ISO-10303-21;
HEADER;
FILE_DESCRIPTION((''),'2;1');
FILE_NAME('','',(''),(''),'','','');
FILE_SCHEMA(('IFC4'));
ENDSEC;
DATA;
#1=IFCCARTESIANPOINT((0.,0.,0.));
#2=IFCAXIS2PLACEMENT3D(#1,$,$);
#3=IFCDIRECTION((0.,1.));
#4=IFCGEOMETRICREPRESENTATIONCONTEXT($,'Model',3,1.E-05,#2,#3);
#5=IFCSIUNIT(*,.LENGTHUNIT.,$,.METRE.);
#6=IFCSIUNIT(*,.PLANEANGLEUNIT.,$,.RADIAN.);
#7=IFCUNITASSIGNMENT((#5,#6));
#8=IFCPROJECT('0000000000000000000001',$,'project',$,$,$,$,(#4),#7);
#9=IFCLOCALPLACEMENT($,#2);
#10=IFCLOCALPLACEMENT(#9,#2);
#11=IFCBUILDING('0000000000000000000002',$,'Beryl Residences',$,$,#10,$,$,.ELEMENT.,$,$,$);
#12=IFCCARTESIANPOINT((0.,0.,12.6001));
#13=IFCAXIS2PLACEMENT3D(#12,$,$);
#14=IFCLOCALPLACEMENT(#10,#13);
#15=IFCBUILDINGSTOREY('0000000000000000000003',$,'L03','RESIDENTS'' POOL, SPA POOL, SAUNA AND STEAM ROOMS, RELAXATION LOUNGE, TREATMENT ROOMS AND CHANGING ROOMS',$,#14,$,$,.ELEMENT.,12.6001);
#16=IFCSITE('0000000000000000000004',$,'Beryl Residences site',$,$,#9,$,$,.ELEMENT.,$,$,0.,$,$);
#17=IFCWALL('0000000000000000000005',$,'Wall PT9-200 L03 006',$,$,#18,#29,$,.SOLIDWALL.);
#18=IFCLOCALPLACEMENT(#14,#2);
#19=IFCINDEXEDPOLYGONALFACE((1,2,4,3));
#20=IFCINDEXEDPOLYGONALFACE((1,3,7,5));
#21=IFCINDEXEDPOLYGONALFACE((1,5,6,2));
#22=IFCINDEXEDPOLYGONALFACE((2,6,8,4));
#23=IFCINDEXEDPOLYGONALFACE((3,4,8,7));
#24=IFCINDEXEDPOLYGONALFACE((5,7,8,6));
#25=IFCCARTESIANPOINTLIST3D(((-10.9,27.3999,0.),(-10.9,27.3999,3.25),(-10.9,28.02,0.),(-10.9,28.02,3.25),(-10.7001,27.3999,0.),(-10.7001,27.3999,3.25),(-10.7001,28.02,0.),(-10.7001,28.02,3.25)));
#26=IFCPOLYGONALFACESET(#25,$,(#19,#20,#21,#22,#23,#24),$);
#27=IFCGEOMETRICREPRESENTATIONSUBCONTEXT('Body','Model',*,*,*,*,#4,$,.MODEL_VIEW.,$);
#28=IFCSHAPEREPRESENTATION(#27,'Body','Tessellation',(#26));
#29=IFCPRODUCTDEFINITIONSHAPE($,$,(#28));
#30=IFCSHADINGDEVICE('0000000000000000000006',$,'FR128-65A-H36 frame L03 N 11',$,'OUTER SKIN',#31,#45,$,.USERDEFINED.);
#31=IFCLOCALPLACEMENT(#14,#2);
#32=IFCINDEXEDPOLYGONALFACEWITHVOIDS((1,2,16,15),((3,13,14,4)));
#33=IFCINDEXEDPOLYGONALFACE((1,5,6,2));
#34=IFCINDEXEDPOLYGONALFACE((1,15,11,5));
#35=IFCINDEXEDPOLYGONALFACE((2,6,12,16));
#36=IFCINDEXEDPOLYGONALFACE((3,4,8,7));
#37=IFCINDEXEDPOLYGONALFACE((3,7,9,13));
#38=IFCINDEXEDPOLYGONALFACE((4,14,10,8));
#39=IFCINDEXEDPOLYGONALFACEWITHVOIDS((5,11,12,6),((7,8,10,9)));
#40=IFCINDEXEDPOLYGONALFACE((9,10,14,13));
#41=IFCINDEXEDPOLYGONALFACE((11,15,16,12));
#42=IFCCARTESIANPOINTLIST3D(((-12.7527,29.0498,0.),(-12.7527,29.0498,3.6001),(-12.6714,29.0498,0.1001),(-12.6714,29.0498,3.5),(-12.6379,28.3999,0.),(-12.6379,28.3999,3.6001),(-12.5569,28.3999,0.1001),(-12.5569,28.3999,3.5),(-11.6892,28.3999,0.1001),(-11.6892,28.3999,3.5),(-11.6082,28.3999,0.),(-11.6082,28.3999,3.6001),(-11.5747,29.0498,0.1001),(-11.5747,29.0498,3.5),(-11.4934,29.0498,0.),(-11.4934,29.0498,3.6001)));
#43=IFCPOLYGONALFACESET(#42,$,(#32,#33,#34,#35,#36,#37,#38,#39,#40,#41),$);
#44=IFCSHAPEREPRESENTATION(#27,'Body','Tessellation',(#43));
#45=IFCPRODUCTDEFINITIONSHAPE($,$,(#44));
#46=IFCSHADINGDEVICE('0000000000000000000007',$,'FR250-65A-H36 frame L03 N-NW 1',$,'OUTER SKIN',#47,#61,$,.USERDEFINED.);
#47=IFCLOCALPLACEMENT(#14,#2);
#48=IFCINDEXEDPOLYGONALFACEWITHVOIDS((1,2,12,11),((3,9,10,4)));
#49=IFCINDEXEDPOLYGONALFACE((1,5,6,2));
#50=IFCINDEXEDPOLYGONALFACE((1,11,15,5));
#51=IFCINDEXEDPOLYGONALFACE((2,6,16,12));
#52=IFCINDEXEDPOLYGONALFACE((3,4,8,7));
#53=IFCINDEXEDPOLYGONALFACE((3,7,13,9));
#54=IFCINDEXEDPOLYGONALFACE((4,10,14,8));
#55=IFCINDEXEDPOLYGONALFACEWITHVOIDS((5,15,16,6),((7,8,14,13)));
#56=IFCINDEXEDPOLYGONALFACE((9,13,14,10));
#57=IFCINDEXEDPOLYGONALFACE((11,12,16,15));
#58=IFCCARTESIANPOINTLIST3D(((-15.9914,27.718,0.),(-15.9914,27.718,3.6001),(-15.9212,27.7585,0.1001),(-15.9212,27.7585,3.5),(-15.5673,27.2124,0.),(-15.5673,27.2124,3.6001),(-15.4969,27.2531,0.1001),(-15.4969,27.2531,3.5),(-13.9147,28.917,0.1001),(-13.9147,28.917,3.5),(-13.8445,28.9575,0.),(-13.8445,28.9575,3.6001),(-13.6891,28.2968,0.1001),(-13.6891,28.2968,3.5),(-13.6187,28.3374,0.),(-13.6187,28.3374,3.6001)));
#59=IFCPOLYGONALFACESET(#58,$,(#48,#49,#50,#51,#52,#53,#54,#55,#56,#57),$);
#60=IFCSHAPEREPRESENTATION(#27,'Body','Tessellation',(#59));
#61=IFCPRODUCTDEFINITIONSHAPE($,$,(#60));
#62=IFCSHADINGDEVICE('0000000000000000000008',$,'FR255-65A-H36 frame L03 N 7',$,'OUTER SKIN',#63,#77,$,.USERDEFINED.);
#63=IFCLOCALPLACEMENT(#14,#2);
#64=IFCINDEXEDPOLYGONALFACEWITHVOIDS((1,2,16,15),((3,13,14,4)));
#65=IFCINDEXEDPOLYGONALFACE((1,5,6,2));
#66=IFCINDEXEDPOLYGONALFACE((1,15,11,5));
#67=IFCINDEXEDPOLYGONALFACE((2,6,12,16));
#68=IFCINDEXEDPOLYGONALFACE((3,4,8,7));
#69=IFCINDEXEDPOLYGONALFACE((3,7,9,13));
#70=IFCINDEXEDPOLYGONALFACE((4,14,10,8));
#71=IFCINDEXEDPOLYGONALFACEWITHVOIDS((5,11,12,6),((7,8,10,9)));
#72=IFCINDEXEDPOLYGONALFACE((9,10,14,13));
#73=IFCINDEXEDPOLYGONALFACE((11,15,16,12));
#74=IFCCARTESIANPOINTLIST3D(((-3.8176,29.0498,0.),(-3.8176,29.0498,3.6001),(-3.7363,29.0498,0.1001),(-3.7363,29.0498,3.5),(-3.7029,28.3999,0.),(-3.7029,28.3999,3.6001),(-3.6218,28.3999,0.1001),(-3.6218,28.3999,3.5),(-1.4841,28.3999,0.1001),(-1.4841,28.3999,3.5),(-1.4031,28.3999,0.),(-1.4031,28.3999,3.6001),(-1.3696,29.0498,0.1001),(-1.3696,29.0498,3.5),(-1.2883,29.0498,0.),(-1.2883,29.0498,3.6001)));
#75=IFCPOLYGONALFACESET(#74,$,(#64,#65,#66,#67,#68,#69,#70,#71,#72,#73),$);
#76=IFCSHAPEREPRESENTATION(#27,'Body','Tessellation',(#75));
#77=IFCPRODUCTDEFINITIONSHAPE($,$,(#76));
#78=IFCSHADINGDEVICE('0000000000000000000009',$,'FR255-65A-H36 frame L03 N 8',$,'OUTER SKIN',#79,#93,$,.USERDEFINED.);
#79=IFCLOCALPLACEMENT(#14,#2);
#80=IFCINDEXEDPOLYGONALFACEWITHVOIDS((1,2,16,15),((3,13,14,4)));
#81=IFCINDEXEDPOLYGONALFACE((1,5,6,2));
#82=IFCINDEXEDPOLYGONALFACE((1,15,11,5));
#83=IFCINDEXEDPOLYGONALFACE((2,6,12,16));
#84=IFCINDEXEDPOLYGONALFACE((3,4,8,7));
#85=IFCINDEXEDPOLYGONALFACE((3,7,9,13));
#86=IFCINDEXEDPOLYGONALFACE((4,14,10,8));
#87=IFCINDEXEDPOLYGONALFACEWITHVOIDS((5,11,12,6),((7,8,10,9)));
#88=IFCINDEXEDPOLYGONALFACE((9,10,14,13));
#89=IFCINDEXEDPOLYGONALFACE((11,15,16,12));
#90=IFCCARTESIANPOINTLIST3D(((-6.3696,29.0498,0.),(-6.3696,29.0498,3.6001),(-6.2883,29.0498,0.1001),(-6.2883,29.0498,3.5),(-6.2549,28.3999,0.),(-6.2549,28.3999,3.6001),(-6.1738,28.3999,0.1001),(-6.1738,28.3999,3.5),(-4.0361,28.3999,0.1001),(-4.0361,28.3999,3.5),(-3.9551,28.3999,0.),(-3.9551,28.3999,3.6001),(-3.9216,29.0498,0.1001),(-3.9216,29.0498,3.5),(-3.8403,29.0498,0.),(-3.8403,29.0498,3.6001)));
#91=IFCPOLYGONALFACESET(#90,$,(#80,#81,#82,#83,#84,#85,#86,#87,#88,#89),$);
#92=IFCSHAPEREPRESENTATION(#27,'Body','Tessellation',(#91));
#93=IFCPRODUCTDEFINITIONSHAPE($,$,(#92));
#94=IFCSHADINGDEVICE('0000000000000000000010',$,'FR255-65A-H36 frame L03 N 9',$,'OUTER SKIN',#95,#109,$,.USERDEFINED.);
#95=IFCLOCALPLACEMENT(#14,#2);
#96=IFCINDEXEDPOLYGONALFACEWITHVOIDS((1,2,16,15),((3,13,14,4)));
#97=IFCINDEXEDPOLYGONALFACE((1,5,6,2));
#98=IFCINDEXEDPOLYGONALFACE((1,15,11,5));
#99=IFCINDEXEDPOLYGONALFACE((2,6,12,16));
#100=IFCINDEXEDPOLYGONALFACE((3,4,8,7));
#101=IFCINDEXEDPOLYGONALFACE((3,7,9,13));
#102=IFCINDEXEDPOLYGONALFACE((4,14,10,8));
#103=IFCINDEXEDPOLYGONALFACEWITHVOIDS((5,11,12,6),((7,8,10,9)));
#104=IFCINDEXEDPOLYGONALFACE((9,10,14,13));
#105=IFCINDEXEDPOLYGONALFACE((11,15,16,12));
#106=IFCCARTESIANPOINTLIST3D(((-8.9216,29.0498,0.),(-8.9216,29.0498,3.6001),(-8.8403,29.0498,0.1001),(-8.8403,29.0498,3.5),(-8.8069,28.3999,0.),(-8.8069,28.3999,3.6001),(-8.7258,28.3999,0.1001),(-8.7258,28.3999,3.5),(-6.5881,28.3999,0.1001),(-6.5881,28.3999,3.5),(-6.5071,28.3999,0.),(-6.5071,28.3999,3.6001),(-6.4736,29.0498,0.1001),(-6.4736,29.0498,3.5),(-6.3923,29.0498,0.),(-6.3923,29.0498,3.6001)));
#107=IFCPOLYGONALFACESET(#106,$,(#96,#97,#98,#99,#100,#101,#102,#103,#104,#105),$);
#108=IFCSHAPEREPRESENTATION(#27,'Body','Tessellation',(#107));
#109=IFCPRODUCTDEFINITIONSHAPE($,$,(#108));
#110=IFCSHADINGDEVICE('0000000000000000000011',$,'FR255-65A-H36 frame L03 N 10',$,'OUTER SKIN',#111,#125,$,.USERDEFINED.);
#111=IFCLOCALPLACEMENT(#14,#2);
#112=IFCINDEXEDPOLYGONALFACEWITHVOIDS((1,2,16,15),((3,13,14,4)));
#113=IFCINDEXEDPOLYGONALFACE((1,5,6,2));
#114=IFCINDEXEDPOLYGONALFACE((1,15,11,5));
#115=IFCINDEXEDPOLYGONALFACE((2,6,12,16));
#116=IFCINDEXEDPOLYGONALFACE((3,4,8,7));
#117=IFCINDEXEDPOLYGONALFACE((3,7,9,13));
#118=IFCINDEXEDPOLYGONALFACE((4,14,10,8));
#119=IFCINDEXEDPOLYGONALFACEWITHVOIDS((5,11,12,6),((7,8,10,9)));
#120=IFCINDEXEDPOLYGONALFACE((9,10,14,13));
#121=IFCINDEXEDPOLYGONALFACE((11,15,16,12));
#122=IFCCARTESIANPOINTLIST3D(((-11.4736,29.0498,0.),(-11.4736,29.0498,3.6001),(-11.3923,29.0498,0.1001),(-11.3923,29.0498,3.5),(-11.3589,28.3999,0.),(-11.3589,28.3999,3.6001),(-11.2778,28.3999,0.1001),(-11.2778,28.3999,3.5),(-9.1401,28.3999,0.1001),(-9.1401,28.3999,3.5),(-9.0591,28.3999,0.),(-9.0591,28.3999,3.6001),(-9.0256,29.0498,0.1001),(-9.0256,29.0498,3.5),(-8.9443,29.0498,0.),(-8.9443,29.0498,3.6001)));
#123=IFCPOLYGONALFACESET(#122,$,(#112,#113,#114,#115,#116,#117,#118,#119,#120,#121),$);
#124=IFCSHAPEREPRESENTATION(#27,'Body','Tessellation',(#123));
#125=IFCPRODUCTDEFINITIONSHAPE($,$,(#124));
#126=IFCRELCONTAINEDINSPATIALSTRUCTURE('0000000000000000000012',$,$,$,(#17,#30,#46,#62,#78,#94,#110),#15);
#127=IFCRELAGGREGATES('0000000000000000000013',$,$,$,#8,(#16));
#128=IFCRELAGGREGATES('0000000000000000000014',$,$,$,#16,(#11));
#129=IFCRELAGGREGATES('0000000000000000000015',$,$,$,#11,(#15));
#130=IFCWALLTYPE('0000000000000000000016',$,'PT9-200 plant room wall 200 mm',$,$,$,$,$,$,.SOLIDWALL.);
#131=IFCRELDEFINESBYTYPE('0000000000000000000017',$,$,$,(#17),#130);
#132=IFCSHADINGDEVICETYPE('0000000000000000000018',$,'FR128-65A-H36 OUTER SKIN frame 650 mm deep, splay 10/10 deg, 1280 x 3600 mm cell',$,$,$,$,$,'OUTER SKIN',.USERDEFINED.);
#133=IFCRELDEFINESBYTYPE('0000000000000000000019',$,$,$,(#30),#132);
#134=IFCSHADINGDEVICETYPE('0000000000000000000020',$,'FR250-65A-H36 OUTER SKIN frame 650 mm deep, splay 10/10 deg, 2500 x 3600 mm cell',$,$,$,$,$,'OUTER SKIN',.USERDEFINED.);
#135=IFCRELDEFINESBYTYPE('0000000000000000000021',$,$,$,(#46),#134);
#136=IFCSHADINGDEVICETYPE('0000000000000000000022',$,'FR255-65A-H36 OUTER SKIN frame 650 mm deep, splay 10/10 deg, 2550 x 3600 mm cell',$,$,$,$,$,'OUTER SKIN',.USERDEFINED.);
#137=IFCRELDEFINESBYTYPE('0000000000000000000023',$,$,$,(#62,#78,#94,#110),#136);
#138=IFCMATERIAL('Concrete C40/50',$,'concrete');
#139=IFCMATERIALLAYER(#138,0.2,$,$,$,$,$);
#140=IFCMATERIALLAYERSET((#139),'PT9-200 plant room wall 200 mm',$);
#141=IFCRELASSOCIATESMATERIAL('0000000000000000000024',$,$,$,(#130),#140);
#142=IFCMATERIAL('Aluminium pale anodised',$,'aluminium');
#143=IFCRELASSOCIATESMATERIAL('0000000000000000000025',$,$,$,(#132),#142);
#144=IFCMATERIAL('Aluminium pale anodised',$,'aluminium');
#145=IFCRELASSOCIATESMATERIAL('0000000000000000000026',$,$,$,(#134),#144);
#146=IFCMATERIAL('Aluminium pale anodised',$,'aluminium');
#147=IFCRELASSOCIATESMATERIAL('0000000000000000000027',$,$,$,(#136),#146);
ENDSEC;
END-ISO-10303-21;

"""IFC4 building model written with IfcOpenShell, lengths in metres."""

from ifc_helpers import new_model, entity, si_unit, direction, frame, frame_2d, origin, place, context, subcontext, project, spatial, rectangle, extrude, source, transform, mapped, material, layer, layer_set, type_object, type_shapes, element, save


model = new_model("IFC4")

# Units and contexts
model_context = context("Model", 3, precision=1e-05, world=origin(), true_north=direction((0.0, 1.0)))
body_context = subcontext(model_context, "Body", "Model", "MODEL_VIEW")
ifc_project = project(units=[si_unit("LENGTHUNIT", "METRE"), si_unit("PLANEANGLEUNIT", "RADIAN")], contexts=[model_context])

# Site, building, storey
site_placement = place(None, origin())
site = spatial("IfcSite", under=ifc_project, at=site_placement, Name="Beryl Residences site", CompositionType="ELEMENT", RefElevation=0.0)
building_placement = place(site_placement, origin())
building = spatial("IfcBuilding", under=site, at=building_placement, Name="Beryl Residences", CompositionType="ELEMENT")
storey_placement = place(building_placement, frame((0.0, 0.0, 12.6001)))
storey = spatial("IfcBuildingStorey", under=building, at=storey_placement, Name="L03", Description="RESIDENTS' POOL, SPA POOL, SAUNA AND STEAM ROOMS, RELAXATION LOUNGE, TREATMENT ROOMS AND CHANGING ROOMS", CompositionType="ELEMENT", Elevation=12.6001)

# Wall
ifc_material_1 = material(Name="Concrete C40/50", Category="concrete")
ifc_layer_1 = layer(ifc_material_1, 0.2)
ifc_layer_set_1 = layer_set([ifc_layer_1], Name="PT9-200 plant room wall 200 mm")
wall_type_1 = type_object("IfcWallType", Name="PT9-200 plant room wall 200 mm", PredefinedType="SOLIDWALL", material=ifc_layer_set_1)
wall_1_placement = place(storey_placement, frame((-10.8, 27.3999, 0.0), z_axis=(0.0, 0.0, 1.0), x_axis=(0.0, 1.0, 0.0)))
element("IfcWall", 1, at=wall_1_placement, inside=storey, type_object=wall_type_1, Name="Wall PT9-200 L03 006", PredefinedType="SOLIDWALL", context=body_context, shape_type="SweptSolid", body=[
    extrude(rectangle(XDim=0.6201, YDim=0.2, at=frame_2d((0.3101, 0.0))), origin(), (0.0, 0.0, 1.0), 3.25),
])

# Shading devices
ifc_material_2 = material(Name="Aluminium pale anodised", Category="aluminium")
shading_device_type_1 = type_object("IfcShadingDeviceType", Name="FR128-65A-H36 OUTER SKIN frame 650 mm deep, splay 10/10 deg, 1280 x 3600 mm cell", ElementType="OUTER SKIN", PredefinedType="USERDEFINED", material=ifc_material_2)
cartesian_point_1 = entity("IfcCartesianPoint", [-0.5149, 0.0])
cartesian_point_2 = entity("IfcCartesianPoint", [-0.4338, 0.1001])
cartesian_point_3 = entity("IfcCartesianPoint", [-0.6296, 0.0])
cartesian_point_4 = entity("IfcCartesianPoint", [-0.5483, 0.1001])
shared_shape_1 = source(origin(), body_context, "Body", "SweptSolid", [
    entity("IfcExtrudedAreaSolidTapered", entity("IfcArbitraryProfileDefWithVoids", "AREA", None, entity("IfcPolyline", [cartesian_point_1, entity("IfcCartesianPoint", [0.5149, 0.0]), entity("IfcCartesianPoint", [0.5149, 3.6001]), entity("IfcCartesianPoint", [-0.5149, 3.6001]), cartesian_point_1]), [entity("IfcPolyline", [cartesian_point_2, entity("IfcCartesianPoint", [0.4338, 0.1001]), entity("IfcCartesianPoint", [0.4338, 3.5]), entity("IfcCartesianPoint", [-0.4338, 3.5]), cartesian_point_2])]), entity("IfcAxis2Placement3D", entity("IfcCartesianPoint", [0.0, 0.0, 0.0]), entity("IfcDirection", [0.0, 1.0, 0.0]), entity("IfcDirection", [-1.0, 0.0, 0.0])), entity("IfcDirection", [0.0, 0.0, 1.0]), 0.6499, entity("IfcArbitraryProfileDefWithVoids", "AREA", None, entity("IfcPolyline", [cartesian_point_3, entity("IfcCartesianPoint", [0.6296, 0.0]), entity("IfcCartesianPoint", [0.6296, 3.6001]), entity("IfcCartesianPoint", [-0.6296, 3.6001]), cartesian_point_3]), [entity("IfcPolyline", [cartesian_point_4, entity("IfcCartesianPoint", [0.5483, 0.1001]), entity("IfcCartesianPoint", [0.5483, 3.5]), entity("IfcCartesianPoint", [-0.5483, 3.5]), cartesian_point_4])])),
])
type_shapes(shading_device_type_1, [shared_shape_1])
shading_device_1_placement = place(storey_placement, frame((-12.123, 28.3999, 0.0), z_axis=(0.0, 0.0, 1.0), x_axis=(1.0, 0.0, 0.0)))
element("IfcShadingDevice", 2, at=shading_device_1_placement, inside=storey, type_object=shading_device_type_1, Name="FR128-65A-H36 frame L03 N 11", ObjectType="OUTER SKIN", PredefinedType="USERDEFINED", context=body_context, shape_type="MappedRepresentation", body=[
    mapped(shared_shape_1, transform((0.0, 0.0, 0.0))),
])
ifc_material_3 = material(Name="Aluminium pale anodised", Category="aluminium")
shading_device_type_2 = type_object("IfcShadingDeviceType", Name="FR250-65A-H36 OUTER SKIN frame 650 mm deep, splay 10/10 deg, 2500 x 3600 mm cell", ElementType="OUTER SKIN", PredefinedType="USERDEFINED", material=ifc_material_3)
cartesian_point_5 = entity("IfcCartesianPoint", [-1.125, 0.0])
cartesian_point_6 = entity("IfcCartesianPoint", [-1.0437, 0.1001])
cartesian_point_7 = entity("IfcCartesianPoint", [-1.2395, 0.0])
cartesian_point_8 = entity("IfcCartesianPoint", [-1.1584, 0.1001])
shared_shape_2 = source(origin(), body_context, "Body", "SweptSolid", [
    entity("IfcExtrudedAreaSolidTapered", entity("IfcArbitraryProfileDefWithVoids", "AREA", None, entity("IfcPolyline", [cartesian_point_5, entity("IfcCartesianPoint", [1.125, 0.0]), entity("IfcCartesianPoint", [1.125, 3.6001]), entity("IfcCartesianPoint", [-1.125, 3.6001]), cartesian_point_5]), [entity("IfcPolyline", [cartesian_point_6, entity("IfcCartesianPoint", [1.0437, 0.1001]), entity("IfcCartesianPoint", [1.0437, 3.5]), entity("IfcCartesianPoint", [-1.0437, 3.5]), cartesian_point_6])]), entity("IfcAxis2Placement3D", entity("IfcCartesianPoint", [0.0, 0.0, 0.0]), entity("IfcDirection", [0.0, 1.0, 0.0]), entity("IfcDirection", [-1.0, 0.0, 0.0])), entity("IfcDirection", [0.0, 0.0, 1.0]), 0.6499, entity("IfcArbitraryProfileDefWithVoids", "AREA", None, entity("IfcPolyline", [cartesian_point_7, entity("IfcCartesianPoint", [1.2395, 0.0]), entity("IfcCartesianPoint", [1.2395, 3.6001]), entity("IfcCartesianPoint", [-1.2395, 3.6001]), cartesian_point_7]), [entity("IfcPolyline", [cartesian_point_8, entity("IfcCartesianPoint", [1.1584, 0.1001]), entity("IfcCartesianPoint", [1.1584, 3.5]), entity("IfcCartesianPoint", [-1.1584, 3.5]), cartesian_point_8])])),
])
type_shapes(shading_device_type_2, [shared_shape_2])
shading_device_2_placement = place(storey_placement, frame((-14.593, 27.7749, 0.0), z_axis=(0.0, 0.0, 1.0), x_axis=(0.866025, 0.5, 0.0)))
element("IfcShadingDevice", 3, at=shading_device_2_placement, inside=storey, type_object=shading_device_type_2, Name="FR250-65A-H36 frame L03 N-NW 1", ObjectType="OUTER SKIN", PredefinedType="USERDEFINED", context=body_context, shape_type="MappedRepresentation", body=[
    mapped(shared_shape_2, transform((0.0, 0.0, 0.0))),
])
ifc_material_4 = material(Name="Aluminium pale anodised", Category="aluminium")
shading_device_type_3 = type_object("IfcShadingDeviceType", Name="FR255-65A-H36 OUTER SKIN frame 650 mm deep, splay 10/10 deg, 2550 x 3600 mm cell", ElementType="OUTER SKIN", PredefinedType="USERDEFINED", material=ifc_material_4)
cartesian_point_9 = entity("IfcCartesianPoint", [-1.1499, 0.0])
cartesian_point_10 = entity("IfcCartesianPoint", [-1.0688, 0.1001])
cartesian_point_11 = entity("IfcCartesianPoint", [-1.2646, 0.0])
cartesian_point_12 = entity("IfcCartesianPoint", [-1.1833, 0.1001])
shared_shape_3 = source(origin(), body_context, "Body", "SweptSolid", [
    entity("IfcExtrudedAreaSolidTapered", entity("IfcArbitraryProfileDefWithVoids", "AREA", None, entity("IfcPolyline", [cartesian_point_9, entity("IfcCartesianPoint", [1.1499, 0.0]), entity("IfcCartesianPoint", [1.1499, 3.6001]), entity("IfcCartesianPoint", [-1.1499, 3.6001]), cartesian_point_9]), [entity("IfcPolyline", [cartesian_point_10, entity("IfcCartesianPoint", [1.0688, 0.1001]), entity("IfcCartesianPoint", [1.0688, 3.5]), entity("IfcCartesianPoint", [-1.0688, 3.5]), cartesian_point_10])]), entity("IfcAxis2Placement3D", entity("IfcCartesianPoint", [0.0, 0.0, 0.0]), entity("IfcDirection", [0.0, 1.0, 0.0]), entity("IfcDirection", [-1.0, 0.0, 0.0])), entity("IfcDirection", [0.0, 0.0, 1.0]), 0.6499, entity("IfcArbitraryProfileDefWithVoids", "AREA", None, entity("IfcPolyline", [cartesian_point_11, entity("IfcCartesianPoint", [1.2646, 0.0]), entity("IfcCartesianPoint", [1.2646, 3.6001]), entity("IfcCartesianPoint", [-1.2646, 3.6001]), cartesian_point_11]), [entity("IfcPolyline", [cartesian_point_12, entity("IfcCartesianPoint", [1.1833, 0.1001]), entity("IfcCartesianPoint", [1.1833, 3.5]), entity("IfcCartesianPoint", [-1.1833, 3.5]), cartesian_point_12])])),
])
type_shapes(shading_device_type_3, [shared_shape_3])
for number, where, z_axis, x_axis, name in (
    (4, (-2.553, 28.3999, 0.0), (0.0, 0.0, 1.0), (1.0, 0.0, 0.0), "FR255-65A-H36 frame L03 N 7"),
    (5, (-5.105, 28.3999, 0.0), (0.0, 0.0, 1.0), (1.0, 0.0, 0.0), "FR255-65A-H36 frame L03 N 8"),
    (6, (-7.657, 28.3999, 0.0), (0.0, 0.0, 1.0), (1.0, 0.0, 0.0), "FR255-65A-H36 frame L03 N 9"),
    (7, (-10.209, 28.3999, 0.0), (0.0, 0.0, 1.0), (1.0, 0.0, 0.0), "FR255-65A-H36 frame L03 N 10"),
):
    element("IfcShadingDevice", number, at=place(storey_placement, frame(where, z_axis=z_axis, x_axis=x_axis)), inside=storey, type_object=shading_device_type_3, Name=name, ObjectType="OUTER SKIN", PredefinedType="USERDEFINED", context=body_context, shape_type="MappedRepresentation", body=[
        mapped(shared_shape_3, transform((0.0, 0.0, 0.0))),
    ])

save(model, "model.ifc")
